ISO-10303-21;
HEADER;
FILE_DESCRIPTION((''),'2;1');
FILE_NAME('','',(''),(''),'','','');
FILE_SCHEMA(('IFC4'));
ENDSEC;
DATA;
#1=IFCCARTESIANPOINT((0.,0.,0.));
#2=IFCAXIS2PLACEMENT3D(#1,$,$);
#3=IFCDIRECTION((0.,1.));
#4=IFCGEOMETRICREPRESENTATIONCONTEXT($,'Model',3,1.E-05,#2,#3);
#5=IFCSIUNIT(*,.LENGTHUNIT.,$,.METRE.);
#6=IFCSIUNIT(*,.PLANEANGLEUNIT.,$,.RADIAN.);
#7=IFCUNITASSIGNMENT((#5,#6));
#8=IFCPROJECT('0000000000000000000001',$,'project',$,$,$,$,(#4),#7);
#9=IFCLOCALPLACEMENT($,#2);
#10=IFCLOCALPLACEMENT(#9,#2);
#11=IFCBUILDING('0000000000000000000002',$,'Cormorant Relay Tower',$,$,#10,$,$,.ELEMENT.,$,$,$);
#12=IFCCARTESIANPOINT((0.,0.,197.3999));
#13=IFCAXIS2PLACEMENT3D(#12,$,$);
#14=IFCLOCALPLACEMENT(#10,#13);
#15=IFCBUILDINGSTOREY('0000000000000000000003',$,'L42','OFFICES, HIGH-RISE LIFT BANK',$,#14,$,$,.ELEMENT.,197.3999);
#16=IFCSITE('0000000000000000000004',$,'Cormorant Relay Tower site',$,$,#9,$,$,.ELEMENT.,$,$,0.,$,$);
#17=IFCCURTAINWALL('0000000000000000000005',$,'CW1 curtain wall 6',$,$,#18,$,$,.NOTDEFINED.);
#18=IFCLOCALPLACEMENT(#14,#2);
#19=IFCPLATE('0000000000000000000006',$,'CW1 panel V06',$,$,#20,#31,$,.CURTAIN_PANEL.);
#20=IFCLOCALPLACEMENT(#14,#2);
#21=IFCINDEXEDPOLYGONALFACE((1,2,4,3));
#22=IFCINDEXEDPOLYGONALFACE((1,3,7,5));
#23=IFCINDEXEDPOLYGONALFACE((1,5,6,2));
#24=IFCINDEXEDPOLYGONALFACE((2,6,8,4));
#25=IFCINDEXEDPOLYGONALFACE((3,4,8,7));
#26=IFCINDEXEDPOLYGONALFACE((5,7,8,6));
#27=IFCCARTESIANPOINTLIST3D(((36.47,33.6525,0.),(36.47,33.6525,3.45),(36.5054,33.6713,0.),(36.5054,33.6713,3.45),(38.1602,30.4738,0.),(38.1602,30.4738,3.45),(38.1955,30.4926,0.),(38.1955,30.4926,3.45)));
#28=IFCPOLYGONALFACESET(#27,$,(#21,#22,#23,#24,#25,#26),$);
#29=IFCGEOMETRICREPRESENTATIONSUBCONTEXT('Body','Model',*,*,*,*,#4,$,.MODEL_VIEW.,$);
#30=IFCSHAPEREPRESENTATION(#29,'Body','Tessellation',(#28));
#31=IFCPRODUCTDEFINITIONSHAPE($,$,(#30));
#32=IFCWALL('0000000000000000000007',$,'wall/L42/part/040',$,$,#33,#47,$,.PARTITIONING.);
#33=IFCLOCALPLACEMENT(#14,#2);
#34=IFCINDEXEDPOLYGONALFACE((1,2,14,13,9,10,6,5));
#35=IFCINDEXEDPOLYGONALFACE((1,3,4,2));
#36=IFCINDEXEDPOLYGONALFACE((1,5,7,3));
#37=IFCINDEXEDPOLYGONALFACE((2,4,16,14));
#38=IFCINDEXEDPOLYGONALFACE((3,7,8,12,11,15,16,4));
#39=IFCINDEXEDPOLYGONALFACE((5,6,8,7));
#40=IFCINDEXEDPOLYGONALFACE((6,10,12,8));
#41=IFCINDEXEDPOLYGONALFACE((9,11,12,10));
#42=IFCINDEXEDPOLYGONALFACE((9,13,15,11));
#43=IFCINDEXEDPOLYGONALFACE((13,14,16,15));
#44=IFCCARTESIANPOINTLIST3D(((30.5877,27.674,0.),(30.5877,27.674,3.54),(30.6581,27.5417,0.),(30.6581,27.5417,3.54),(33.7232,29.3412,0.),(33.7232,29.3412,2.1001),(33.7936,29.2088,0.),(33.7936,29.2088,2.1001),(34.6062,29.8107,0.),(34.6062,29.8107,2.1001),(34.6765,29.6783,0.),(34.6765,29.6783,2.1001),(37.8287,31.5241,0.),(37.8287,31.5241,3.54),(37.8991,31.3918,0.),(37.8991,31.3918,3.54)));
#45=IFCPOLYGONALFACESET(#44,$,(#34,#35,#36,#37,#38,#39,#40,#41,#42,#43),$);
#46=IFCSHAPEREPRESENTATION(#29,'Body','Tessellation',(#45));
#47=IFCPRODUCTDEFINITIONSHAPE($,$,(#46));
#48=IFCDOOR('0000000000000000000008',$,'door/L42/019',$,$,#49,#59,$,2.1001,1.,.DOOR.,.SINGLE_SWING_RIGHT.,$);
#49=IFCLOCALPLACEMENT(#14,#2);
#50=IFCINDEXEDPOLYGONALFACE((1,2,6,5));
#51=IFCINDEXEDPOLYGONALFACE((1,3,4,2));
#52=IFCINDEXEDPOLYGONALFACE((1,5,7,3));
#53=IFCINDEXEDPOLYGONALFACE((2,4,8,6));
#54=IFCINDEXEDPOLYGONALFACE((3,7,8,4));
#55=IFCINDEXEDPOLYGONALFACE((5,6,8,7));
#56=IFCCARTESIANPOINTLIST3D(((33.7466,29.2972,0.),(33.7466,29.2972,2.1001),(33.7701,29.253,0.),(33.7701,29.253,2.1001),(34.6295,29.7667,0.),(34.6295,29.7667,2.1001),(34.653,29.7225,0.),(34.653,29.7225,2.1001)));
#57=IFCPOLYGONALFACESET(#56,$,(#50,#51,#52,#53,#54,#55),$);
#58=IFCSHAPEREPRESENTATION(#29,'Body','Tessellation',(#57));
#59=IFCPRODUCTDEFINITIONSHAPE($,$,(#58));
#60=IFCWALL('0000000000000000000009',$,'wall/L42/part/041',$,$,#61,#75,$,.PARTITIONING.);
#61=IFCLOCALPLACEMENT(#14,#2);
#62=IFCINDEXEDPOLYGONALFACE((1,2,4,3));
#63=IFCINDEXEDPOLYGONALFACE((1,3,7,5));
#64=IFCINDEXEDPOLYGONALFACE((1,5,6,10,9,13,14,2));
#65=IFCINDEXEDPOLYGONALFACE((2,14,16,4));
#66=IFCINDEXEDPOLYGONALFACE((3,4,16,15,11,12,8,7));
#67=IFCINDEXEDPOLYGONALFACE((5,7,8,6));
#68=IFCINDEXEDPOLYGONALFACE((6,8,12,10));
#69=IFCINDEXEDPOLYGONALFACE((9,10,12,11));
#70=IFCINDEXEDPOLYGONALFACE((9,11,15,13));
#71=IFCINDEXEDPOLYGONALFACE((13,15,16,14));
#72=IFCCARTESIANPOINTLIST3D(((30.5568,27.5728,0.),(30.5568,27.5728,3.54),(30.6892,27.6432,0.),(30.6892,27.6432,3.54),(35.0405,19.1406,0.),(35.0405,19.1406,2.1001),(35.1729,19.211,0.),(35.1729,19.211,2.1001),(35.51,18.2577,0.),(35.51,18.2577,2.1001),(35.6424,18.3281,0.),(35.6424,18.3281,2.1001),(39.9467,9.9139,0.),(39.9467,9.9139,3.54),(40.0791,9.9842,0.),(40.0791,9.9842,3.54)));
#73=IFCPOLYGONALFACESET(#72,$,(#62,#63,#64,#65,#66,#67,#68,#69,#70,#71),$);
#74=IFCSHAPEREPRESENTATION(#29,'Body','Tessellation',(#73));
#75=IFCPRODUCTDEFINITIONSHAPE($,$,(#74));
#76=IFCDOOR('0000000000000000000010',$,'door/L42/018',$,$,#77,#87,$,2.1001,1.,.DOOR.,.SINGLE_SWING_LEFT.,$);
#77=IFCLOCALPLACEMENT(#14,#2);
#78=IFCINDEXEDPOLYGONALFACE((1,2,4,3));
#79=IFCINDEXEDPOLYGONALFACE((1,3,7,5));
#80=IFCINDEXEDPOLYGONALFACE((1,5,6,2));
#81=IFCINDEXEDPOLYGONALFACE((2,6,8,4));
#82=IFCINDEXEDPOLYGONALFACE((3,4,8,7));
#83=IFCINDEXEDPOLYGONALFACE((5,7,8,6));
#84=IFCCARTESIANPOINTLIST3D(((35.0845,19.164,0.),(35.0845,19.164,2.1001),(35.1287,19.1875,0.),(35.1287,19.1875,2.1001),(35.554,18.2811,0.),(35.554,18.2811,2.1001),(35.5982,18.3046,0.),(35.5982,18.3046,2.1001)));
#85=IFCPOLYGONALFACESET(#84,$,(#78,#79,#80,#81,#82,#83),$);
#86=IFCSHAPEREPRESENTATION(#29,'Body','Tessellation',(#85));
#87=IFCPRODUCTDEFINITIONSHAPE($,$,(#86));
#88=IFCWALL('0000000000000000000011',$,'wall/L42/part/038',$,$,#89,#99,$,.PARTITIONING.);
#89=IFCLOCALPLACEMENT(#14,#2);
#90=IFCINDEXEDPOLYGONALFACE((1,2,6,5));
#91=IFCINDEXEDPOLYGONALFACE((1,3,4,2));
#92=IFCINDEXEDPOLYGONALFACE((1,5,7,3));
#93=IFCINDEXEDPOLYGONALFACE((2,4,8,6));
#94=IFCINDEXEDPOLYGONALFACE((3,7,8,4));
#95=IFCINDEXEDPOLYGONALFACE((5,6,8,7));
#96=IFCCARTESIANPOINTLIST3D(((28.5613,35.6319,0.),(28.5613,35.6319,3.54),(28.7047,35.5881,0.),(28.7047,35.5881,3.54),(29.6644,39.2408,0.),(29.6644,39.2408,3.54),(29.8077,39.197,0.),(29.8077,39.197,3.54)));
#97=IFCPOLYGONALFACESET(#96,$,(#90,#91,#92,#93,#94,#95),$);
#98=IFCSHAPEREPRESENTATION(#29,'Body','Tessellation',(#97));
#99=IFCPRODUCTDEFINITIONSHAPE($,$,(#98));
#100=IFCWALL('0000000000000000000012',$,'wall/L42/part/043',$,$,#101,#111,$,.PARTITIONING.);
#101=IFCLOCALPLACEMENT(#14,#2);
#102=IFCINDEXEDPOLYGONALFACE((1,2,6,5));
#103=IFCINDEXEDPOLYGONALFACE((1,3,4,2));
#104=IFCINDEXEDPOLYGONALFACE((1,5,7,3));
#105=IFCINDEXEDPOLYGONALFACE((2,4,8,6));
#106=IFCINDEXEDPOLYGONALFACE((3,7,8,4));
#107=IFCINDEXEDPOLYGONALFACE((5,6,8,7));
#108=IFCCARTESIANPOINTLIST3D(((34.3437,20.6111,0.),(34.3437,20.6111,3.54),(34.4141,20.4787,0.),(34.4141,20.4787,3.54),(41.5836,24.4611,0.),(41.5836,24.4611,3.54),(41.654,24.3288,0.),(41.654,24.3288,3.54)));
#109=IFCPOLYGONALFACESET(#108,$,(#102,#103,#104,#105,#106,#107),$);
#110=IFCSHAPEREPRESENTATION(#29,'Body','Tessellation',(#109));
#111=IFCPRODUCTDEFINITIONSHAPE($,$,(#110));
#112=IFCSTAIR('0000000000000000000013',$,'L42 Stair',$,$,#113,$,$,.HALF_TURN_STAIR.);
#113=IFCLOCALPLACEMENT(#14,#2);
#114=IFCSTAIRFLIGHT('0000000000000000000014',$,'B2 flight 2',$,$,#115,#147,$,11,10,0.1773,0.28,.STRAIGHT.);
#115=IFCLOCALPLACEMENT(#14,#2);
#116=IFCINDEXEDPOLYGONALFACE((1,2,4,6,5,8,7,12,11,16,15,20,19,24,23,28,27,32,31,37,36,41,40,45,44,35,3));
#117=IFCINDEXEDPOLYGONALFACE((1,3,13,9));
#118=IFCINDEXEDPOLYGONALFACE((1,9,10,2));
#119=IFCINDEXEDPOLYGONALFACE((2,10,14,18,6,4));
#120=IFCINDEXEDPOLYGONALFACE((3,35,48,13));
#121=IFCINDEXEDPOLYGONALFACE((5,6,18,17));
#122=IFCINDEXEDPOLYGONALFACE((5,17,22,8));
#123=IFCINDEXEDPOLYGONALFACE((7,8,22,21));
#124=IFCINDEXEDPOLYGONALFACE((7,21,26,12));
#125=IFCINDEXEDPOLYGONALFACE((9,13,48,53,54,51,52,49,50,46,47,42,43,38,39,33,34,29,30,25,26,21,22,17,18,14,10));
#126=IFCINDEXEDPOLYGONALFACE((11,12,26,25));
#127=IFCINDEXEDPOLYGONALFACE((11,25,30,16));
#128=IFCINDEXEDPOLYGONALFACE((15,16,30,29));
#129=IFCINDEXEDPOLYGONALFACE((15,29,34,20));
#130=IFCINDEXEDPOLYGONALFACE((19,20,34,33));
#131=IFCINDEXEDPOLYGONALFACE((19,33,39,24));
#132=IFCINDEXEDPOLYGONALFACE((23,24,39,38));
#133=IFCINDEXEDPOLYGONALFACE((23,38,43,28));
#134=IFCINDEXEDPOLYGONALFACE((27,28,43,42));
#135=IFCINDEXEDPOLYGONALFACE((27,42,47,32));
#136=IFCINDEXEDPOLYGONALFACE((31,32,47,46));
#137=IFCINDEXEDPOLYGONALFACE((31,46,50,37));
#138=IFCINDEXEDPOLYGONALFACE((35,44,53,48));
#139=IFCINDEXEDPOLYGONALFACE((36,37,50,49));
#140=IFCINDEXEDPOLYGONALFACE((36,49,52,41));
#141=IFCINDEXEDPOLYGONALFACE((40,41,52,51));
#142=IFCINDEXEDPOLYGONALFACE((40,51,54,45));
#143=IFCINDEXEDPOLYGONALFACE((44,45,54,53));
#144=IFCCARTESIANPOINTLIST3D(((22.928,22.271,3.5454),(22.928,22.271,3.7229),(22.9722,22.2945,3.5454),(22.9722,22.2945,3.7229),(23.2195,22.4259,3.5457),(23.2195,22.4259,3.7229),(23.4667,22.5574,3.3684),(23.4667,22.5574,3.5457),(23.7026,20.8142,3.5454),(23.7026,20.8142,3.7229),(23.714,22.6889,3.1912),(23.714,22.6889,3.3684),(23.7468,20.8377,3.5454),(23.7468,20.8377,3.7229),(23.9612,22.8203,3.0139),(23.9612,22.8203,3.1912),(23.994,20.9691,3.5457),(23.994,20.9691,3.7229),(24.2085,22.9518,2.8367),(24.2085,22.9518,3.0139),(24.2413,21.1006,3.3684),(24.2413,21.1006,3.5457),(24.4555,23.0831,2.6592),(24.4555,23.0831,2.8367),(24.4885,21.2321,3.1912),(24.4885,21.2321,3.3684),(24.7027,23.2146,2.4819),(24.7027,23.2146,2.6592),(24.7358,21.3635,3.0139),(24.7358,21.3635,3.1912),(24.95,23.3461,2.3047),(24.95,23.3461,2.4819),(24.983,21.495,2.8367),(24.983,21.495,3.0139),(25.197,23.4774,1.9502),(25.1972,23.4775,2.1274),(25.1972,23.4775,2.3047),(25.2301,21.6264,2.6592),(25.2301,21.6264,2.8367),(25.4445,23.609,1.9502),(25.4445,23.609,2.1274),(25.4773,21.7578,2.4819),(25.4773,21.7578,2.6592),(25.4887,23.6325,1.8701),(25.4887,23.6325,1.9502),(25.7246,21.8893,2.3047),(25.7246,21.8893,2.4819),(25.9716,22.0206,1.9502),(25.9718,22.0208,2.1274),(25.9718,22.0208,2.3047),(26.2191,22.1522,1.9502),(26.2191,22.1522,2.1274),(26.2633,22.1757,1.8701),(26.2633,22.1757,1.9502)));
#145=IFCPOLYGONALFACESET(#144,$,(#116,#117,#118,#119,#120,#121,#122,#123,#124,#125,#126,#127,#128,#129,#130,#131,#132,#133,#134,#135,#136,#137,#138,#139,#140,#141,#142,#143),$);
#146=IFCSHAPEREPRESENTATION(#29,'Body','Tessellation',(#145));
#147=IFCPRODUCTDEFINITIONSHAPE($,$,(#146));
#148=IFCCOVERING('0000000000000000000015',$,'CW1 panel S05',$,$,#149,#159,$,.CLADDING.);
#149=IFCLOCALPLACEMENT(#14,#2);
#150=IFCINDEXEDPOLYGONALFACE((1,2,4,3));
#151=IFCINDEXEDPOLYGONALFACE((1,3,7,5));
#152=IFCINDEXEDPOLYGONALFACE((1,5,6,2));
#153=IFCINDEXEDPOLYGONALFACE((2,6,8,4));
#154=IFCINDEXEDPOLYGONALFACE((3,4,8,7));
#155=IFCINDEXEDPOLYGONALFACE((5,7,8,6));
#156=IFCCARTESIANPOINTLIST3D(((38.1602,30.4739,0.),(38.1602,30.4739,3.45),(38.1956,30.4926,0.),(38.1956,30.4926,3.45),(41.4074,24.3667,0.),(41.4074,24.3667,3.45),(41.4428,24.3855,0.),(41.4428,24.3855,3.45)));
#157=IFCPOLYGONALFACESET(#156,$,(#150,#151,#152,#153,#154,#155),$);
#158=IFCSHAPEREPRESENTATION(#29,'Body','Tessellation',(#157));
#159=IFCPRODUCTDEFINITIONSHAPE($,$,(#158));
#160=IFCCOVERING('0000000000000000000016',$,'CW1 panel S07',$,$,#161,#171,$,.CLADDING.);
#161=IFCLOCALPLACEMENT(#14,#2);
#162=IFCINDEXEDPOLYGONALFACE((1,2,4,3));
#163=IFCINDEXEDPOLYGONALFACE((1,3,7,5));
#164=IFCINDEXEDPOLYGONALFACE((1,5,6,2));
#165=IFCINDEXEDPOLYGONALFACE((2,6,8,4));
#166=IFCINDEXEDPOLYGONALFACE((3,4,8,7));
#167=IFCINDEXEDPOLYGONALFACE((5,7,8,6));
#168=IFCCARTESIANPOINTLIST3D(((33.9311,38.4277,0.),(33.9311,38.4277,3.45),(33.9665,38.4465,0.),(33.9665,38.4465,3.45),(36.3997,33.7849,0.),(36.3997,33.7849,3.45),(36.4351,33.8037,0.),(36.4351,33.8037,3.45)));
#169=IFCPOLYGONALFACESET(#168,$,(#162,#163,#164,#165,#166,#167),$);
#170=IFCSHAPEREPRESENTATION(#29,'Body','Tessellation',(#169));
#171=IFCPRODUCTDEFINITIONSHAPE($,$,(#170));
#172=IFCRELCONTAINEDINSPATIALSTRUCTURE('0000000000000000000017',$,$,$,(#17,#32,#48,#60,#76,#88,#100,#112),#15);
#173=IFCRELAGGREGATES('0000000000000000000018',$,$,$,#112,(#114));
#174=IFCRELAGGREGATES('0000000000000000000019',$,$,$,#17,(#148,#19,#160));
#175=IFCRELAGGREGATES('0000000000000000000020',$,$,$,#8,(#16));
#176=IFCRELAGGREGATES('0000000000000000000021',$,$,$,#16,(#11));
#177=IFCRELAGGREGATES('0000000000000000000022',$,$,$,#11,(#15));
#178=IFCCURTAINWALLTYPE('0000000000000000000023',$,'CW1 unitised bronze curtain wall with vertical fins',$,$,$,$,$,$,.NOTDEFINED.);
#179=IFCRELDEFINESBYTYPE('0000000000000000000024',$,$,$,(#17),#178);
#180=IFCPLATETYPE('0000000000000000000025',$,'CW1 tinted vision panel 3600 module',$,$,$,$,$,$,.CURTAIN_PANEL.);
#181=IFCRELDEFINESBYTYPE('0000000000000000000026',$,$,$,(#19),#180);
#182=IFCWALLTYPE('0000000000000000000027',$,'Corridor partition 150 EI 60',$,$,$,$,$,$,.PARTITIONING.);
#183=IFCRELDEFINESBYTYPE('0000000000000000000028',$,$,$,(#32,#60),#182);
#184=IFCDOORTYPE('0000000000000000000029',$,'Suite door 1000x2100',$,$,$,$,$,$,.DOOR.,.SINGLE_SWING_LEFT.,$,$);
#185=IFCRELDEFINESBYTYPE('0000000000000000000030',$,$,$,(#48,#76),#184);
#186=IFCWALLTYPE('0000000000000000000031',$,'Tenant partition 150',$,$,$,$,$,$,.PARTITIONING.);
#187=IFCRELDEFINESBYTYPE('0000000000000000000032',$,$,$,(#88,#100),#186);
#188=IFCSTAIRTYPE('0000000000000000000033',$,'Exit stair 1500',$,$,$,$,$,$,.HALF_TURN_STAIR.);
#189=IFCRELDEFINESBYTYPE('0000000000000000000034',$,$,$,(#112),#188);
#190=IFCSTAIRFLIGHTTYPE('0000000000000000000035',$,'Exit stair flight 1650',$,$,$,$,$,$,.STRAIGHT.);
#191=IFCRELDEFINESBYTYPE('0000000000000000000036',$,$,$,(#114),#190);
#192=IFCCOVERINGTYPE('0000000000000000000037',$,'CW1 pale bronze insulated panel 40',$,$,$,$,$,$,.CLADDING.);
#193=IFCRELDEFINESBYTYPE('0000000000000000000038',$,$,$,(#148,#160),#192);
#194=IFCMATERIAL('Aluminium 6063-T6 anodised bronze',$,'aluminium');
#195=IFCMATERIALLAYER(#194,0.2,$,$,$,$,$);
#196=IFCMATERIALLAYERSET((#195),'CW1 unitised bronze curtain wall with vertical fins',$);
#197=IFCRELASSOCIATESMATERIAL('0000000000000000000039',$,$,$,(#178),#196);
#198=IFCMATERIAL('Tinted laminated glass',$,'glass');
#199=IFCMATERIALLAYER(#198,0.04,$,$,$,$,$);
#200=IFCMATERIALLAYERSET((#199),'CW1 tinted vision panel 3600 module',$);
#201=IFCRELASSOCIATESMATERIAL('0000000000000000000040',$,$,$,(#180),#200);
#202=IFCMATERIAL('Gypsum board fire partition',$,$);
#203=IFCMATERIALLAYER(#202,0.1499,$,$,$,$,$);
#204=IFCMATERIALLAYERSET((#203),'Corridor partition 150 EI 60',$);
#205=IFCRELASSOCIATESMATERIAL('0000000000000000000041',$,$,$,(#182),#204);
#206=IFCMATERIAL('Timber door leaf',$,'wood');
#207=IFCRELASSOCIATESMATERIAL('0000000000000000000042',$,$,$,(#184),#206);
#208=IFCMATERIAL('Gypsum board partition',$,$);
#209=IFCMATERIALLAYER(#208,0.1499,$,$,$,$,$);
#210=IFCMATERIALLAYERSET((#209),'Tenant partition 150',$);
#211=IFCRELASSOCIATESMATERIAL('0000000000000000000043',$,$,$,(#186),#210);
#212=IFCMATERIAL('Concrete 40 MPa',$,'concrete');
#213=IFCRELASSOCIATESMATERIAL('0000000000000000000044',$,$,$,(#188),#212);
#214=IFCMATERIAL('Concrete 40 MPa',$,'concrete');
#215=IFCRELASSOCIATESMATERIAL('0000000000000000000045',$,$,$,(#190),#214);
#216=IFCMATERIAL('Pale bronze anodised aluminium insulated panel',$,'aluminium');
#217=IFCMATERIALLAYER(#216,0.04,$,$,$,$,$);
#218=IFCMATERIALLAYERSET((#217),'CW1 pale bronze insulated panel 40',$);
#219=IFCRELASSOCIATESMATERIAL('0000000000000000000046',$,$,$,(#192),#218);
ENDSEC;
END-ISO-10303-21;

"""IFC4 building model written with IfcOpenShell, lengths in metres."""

from ifc_helpers import new_model, si_unit, direction, frame, frame_2d, origin, origin_2d, place, context, subcontext, project, spatial, polyline, rectangle, outline, extrude, material, layer, layer_set, type_object, element, fill, aggregate, save


model = new_model("IFC4")

# Units and contexts
model_context = context("Model", 3, precision=1e-05, world=origin(), true_north=direction((0.0, 1.0)))
body_context = subcontext(model_context, "Body", "Model", "MODEL_VIEW")
ifc_project = project(units=[si_unit("LENGTHUNIT", "METRE"), si_unit("PLANEANGLEUNIT", "RADIAN")], contexts=[model_context])

# Site, building, storey
site_placement = place(None, origin())
site = spatial("IfcSite", under=ifc_project, at=site_placement, Name="Cormorant Relay Tower site", CompositionType="ELEMENT", RefElevation=0.0)
building_placement = place(site_placement, origin())
building = spatial("IfcBuilding", under=site, at=building_placement, Name="Cormorant Relay Tower", CompositionType="ELEMENT")
storey_placement = place(building_placement, frame((0.0, 0.0, 197.3999)))
storey = spatial("IfcBuildingStorey", under=building, at=storey_placement, Name="L42", Description="OFFICES, HIGH-RISE LIFT BANK", CompositionType="ELEMENT", Elevation=197.3999)

# Curtain wall
ifc_material_1 = material(Name="Aluminium 6063-T6 anodised bronze", Category="aluminium")
ifc_layer_1 = layer(ifc_material_1, 0.2)
ifc_layer_set_1 = layer_set([ifc_layer_1], Name="CW1 unitised bronze curtain wall with vertical fins")
curtain_wall_type = type_object("IfcCurtainWallType", Name="CW1 unitised bronze curtain wall with vertical fins", PredefinedType="NOTDEFINED", material=ifc_layer_set_1)
curtain_wall_1_placement = place(storey_placement, origin())
curtain_wall_1 = element("IfcCurtainWall", 1, at=curtain_wall_1_placement, inside=storey, type_object=curtain_wall_type, Name="CW1 curtain wall 6", PredefinedType="NOTDEFINED")

# Plate
ifc_material_2 = material(Name="Tinted laminated glass", Category="glass")
ifc_layer_2 = layer(ifc_material_2, 0.04)
ifc_layer_set_2 = layer_set([ifc_layer_2], Name="CW1 tinted vision panel 3600 module")
plate_type_1 = type_object("IfcPlateType", Name="CW1 tinted vision panel 3600 module", PredefinedType="CURTAIN_PANEL", material=ifc_layer_set_2)
plate_1_placement = place(storey_placement, frame((37.3328, 32.0725, 0.0), z_axis=(0.0, 0.0, 1.0), x_axis=(-0.469472, 0.882948, 0.0)))
plate_1 = element("IfcPlate", 2, at=plate_1_placement, type_object=plate_type_1, Name="CW1 panel V06", PredefinedType="CURTAIN_PANEL", context=body_context, shape_type="SweptSolid", body=[
    extrude(rectangle(XDim=3.6001, YDim=0.04, at=origin_2d()), origin(), (0.0, 0.0, 1.0), 3.45),
])

# Walls, openings, doors
ifc_material_3 = material(Name="Gypsum board fire partition")
ifc_layer_3 = layer(ifc_material_3, 0.1499)
ifc_layer_set_3 = layer_set([ifc_layer_3], Name="Corridor partition 150 EI 60")
wall_type_1 = type_object("IfcWallType", Name="Corridor partition 150 EI 60", PredefinedType="PARTITIONING", material=ifc_layer_set_3)
wall_1_placement = place(storey_placement, frame((37.864, 31.458, 0.0), z_axis=(0.0, 0.0, 1.0), x_axis=(-0.882947, -0.469472, 0.0)))
wall_1 = element("IfcWall", 3, at=wall_1_placement, inside=storey, type_object=wall_type_1, Name="wall/L42/part/040", PredefinedType="PARTITIONING", context=body_context, shape_type="SweptSolid", body=[
    extrude(rectangle(XDim=8.2009, YDim=0.1499, at=frame_2d((4.1006, 0.0))), origin(), (0.0, 0.0, 1.0), 3.54),
])
opening_1_placement = place(wall_1_placement, frame((3.6499, 0.0, 0.0)))
opening_1 = element("IfcOpeningElement", 4, at=opening_1_placement, cuts=wall_1, PredefinedType="OPENING", context=body_context, shape_type="SweptSolid", body=[
    extrude(rectangle(XDim=1.0, YDim=2.1001, at=frame_2d((0.5, 1.05))), frame((0.0, 0.085, 0.0), z_axis=(0.0, -1.0, 0.0), x_axis=(1.0, 0.0, 0.0)), (0.0, 0.0, 1.0), 0.1699),
])
ifc_material_4 = material(Name="Timber door leaf", Category="wood")
door_type = type_object("IfcDoorType", Name="Suite door 1000x2100", OperationType="SINGLE_SWING_LEFT", PredefinedType="DOOR", material=ifc_material_4)
door_1_placement = place(opening_1_placement, origin())
door_1 = element("IfcDoor", 5, at=door_1_placement, inside=storey, type_object=door_type, Name="door/L42/019", OperationType="SINGLE_SWING_RIGHT", OverallHeight=2.1001, OverallWidth=1.0, PredefinedType="DOOR", context=body_context, shape_type="SweptSolid", body=[
    extrude(rectangle(XDim=1.0, YDim=2.1001, at=frame_2d((0.5, 1.05))), frame((0.0, 0.0249, 0.0), z_axis=(0.0, -1.0, 0.0), x_axis=(1.0, 0.0, 0.0)), (0.0, 0.0, 1.0), 0.05),
])
fill(opening_1, door_1)
wall_2_placement = place(storey_placement, frame((30.623, 27.6079, 0.0), z_axis=(0.0, 0.0, 1.0), x_axis=(0.46949, -0.882938, 0.0)))
wall_2 = element("IfcWall", 6, at=wall_2_placement, inside=storey, type_object=wall_type_1, Name="wall/L42/part/041", PredefinedType="PARTITIONING", context=body_context, shape_type="SweptSolid", body=[
    extrude(rectangle(XDim=20.0002, YDim=0.1499, at=frame_2d((10.0, 0.0))), origin(), (0.0, 0.0, 1.0), 3.54),
])
opening_2_placement = place(wall_2_placement, frame((9.55, 0.0, 0.0)))
opening_2 = element("IfcOpeningElement", 7, at=opening_2_placement, cuts=wall_2, PredefinedType="OPENING", context=body_context, shape_type="SweptSolid", body=[
    extrude(rectangle(XDim=1.0, YDim=2.1001, at=frame_2d((0.5, 1.05))), frame((0.0, 0.085, 0.0), z_axis=(0.0, -1.0, 0.0), x_axis=(1.0, 0.0, 0.0)), (0.0, 0.0, 1.0), 0.1699),
])
door_2_placement = place(opening_2_placement, origin())
door_2 = element("IfcDoor", 8, at=door_2_placement, inside=storey, type_object=door_type, Name="door/L42/018", OperationType="SINGLE_SWING_LEFT", OverallHeight=2.1001, OverallWidth=1.0, PredefinedType="DOOR", context=body_context, shape_type="SweptSolid", body=[
    extrude(rectangle(XDim=1.0, YDim=2.1001, at=frame_2d((0.5, 1.05))), frame((0.0, 0.0249, 0.0), z_axis=(0.0, -1.0, 0.0), x_axis=(1.0, 0.0, 0.0)), (0.0, 0.0, 1.0), 0.05),
])
fill(opening_2, door_2)

# Walls
ifc_material_5 = material(Name="Gypsum board partition")
ifc_layer_4 = layer(ifc_material_5, 0.1499)
ifc_layer_set_4 = layer_set([ifc_layer_4], Name="Tenant partition 150")
wall_type_2 = type_object("IfcWallType", Name="Tenant partition 150", PredefinedType="PARTITIONING", material=ifc_layer_set_4)
wall_3_placement = place(storey_placement, frame((28.6331, 35.6101, 0.0), z_axis=(0.0, 0.0, 1.0), x_axis=(0.292294, 0.956328, 0.0)))
element("IfcWall", 9, at=wall_3_placement, inside=storey, type_object=wall_type_2, Name="wall/L42/part/038", PredefinedType="PARTITIONING", context=body_context, shape_type="SweptSolid", body=[
    extrude(rectangle(XDim=3.7737, YDim=0.1499, at=frame_2d((1.8867, 0.0))), origin(), (0.0, 0.0, 1.0), 3.54),
])
wall_4_placement = place(storey_placement, frame((41.6189, 24.395, 0.0), z_axis=(0.0, 0.0, 1.0), x_axis=(-0.882921, -0.469522, 0.0)))
element("IfcWall", 10, at=wall_4_placement, inside=storey, type_object=wall_type_2, Name="wall/L42/part/043", PredefinedType="PARTITIONING", context=body_context, shape_type="SweptSolid", body=[
    extrude(rectangle(XDim=8.2, YDim=0.1499, at=frame_2d((4.1001, 0.0))), origin(), (0.0, 0.0, 1.0), 3.54),
])

# Stair, stair flight
ifc_material_6 = material(Name="Concrete 40 MPa", Category="concrete")
stair_type = type_object("IfcStairType", Name="Exit stair 1500", PredefinedType="HALF_TURN_STAIR", material=ifc_material_6)
stair_placement = place(storey_placement, origin())
stair = element("IfcStair", 11, at=stair_placement, inside=storey, type_object=stair_type, Name="L42 Stair", PredefinedType="HALF_TURN_STAIR")
ifc_material_7 = material(Name="Concrete 40 MPa", Category="concrete")
stair_flight_type = type_object("IfcStairFlightType", Name="Exit stair flight 1650", PredefinedType="STRAIGHT", material=ifc_material_7)
stair_flight_placement = place(storey_placement, frame((25.8318, 22.8806, 1.9502), z_axis=(0.0, 0.0, 1.0), x_axis=(-0.882948, -0.469472, 0.0)))
stair_flight = element("IfcStairFlight", 12, at=stair_flight_placement, type_object=stair_flight_type, Name="B2 flight 2", NumberOfRisers=11, NumberOfTreads=10, PredefinedType="STRAIGHT", RiserHeight=0.1773, TreadLength=0.28, context=body_context, shape_type="SweptSolid", body=[
    extrude(outline(polyline([(-0.05, -0.0801), (-0.05, 0.0), (0.0, 0.0), (0.0, 0.1772), (0.28, 0.1772), (0.28, 0.3545), (0.5601, 0.3545), (0.5601, 0.5317), (0.8401, 0.5317), (0.8401, 0.709), (1.1201, 0.709), (1.1201, 0.8865), (1.3999, 0.8865), (1.3999, 1.0637), (1.6799, 1.0637), (1.6799, 1.241), (1.96, 1.241), (1.96, 1.4182), (2.24, 1.4182), (2.24, 1.5955), (2.52, 1.5955), (2.52, 1.7727), (2.8, 1.7727), (2.8501, 1.7727), (2.8501, 1.5952), (2.8, 1.5952), (0.2803, 0.0), (-0.05, -0.0801)])), frame((0.0, 0.825, 0.0), z_axis=(0.0, -1.0, 0.0), x_axis=(1.0, 0.0, 0.0)), (0.0, 0.0, 1.0), 1.6499),
])
aggregate(stair, [stair_flight])

# Coverings
ifc_material_8 = material(Name="Pale bronze anodised aluminium insulated panel", Category="aluminium")
ifc_layer_5 = layer(ifc_material_8, 0.04)
ifc_layer_set_5 = layer_set([ifc_layer_5], Name="CW1 pale bronze insulated panel 40")
covering_type = type_object("IfcCoveringType", Name="CW1 pale bronze insulated panel 40", PredefinedType="CLADDING", material=ifc_layer_set_5)
covering_1_placement = place(storey_placement, frame((39.8015, 27.4297, 0.0), z_axis=(0.0, 0.0, 1.0), x_axis=(-0.469472, 0.882948, 0.0)))
covering_1 = element("IfcCovering", 13, at=covering_1_placement, type_object=covering_type, Name="CW1 panel S05", PredefinedType="CLADDING", context=body_context, shape_type="SweptSolid", body=[
    extrude(rectangle(XDim=6.9167, YDim=0.04, at=origin_2d()), origin(), (0.0, 0.0, 1.0), 3.45),
])
covering_2_placement = place(storey_placement, frame((35.1831, 36.1157, 0.0), z_axis=(0.0, 0.0, 1.0), x_axis=(-0.469472, 0.882948, 0.0)))
covering_2 = element("IfcCovering", 14, at=covering_2_placement, type_object=covering_type, Name="CW1 panel S07", PredefinedType="CLADDING", context=body_context, shape_type="SweptSolid", body=[
    extrude(rectangle(XDim=5.2583, YDim=0.04, at=origin_2d()), origin(), (0.0, 0.0, 1.0), 3.45),
])
aggregate(curtain_wall_1, [covering_1, plate_1, covering_2])

save(model, "model.ifc")
